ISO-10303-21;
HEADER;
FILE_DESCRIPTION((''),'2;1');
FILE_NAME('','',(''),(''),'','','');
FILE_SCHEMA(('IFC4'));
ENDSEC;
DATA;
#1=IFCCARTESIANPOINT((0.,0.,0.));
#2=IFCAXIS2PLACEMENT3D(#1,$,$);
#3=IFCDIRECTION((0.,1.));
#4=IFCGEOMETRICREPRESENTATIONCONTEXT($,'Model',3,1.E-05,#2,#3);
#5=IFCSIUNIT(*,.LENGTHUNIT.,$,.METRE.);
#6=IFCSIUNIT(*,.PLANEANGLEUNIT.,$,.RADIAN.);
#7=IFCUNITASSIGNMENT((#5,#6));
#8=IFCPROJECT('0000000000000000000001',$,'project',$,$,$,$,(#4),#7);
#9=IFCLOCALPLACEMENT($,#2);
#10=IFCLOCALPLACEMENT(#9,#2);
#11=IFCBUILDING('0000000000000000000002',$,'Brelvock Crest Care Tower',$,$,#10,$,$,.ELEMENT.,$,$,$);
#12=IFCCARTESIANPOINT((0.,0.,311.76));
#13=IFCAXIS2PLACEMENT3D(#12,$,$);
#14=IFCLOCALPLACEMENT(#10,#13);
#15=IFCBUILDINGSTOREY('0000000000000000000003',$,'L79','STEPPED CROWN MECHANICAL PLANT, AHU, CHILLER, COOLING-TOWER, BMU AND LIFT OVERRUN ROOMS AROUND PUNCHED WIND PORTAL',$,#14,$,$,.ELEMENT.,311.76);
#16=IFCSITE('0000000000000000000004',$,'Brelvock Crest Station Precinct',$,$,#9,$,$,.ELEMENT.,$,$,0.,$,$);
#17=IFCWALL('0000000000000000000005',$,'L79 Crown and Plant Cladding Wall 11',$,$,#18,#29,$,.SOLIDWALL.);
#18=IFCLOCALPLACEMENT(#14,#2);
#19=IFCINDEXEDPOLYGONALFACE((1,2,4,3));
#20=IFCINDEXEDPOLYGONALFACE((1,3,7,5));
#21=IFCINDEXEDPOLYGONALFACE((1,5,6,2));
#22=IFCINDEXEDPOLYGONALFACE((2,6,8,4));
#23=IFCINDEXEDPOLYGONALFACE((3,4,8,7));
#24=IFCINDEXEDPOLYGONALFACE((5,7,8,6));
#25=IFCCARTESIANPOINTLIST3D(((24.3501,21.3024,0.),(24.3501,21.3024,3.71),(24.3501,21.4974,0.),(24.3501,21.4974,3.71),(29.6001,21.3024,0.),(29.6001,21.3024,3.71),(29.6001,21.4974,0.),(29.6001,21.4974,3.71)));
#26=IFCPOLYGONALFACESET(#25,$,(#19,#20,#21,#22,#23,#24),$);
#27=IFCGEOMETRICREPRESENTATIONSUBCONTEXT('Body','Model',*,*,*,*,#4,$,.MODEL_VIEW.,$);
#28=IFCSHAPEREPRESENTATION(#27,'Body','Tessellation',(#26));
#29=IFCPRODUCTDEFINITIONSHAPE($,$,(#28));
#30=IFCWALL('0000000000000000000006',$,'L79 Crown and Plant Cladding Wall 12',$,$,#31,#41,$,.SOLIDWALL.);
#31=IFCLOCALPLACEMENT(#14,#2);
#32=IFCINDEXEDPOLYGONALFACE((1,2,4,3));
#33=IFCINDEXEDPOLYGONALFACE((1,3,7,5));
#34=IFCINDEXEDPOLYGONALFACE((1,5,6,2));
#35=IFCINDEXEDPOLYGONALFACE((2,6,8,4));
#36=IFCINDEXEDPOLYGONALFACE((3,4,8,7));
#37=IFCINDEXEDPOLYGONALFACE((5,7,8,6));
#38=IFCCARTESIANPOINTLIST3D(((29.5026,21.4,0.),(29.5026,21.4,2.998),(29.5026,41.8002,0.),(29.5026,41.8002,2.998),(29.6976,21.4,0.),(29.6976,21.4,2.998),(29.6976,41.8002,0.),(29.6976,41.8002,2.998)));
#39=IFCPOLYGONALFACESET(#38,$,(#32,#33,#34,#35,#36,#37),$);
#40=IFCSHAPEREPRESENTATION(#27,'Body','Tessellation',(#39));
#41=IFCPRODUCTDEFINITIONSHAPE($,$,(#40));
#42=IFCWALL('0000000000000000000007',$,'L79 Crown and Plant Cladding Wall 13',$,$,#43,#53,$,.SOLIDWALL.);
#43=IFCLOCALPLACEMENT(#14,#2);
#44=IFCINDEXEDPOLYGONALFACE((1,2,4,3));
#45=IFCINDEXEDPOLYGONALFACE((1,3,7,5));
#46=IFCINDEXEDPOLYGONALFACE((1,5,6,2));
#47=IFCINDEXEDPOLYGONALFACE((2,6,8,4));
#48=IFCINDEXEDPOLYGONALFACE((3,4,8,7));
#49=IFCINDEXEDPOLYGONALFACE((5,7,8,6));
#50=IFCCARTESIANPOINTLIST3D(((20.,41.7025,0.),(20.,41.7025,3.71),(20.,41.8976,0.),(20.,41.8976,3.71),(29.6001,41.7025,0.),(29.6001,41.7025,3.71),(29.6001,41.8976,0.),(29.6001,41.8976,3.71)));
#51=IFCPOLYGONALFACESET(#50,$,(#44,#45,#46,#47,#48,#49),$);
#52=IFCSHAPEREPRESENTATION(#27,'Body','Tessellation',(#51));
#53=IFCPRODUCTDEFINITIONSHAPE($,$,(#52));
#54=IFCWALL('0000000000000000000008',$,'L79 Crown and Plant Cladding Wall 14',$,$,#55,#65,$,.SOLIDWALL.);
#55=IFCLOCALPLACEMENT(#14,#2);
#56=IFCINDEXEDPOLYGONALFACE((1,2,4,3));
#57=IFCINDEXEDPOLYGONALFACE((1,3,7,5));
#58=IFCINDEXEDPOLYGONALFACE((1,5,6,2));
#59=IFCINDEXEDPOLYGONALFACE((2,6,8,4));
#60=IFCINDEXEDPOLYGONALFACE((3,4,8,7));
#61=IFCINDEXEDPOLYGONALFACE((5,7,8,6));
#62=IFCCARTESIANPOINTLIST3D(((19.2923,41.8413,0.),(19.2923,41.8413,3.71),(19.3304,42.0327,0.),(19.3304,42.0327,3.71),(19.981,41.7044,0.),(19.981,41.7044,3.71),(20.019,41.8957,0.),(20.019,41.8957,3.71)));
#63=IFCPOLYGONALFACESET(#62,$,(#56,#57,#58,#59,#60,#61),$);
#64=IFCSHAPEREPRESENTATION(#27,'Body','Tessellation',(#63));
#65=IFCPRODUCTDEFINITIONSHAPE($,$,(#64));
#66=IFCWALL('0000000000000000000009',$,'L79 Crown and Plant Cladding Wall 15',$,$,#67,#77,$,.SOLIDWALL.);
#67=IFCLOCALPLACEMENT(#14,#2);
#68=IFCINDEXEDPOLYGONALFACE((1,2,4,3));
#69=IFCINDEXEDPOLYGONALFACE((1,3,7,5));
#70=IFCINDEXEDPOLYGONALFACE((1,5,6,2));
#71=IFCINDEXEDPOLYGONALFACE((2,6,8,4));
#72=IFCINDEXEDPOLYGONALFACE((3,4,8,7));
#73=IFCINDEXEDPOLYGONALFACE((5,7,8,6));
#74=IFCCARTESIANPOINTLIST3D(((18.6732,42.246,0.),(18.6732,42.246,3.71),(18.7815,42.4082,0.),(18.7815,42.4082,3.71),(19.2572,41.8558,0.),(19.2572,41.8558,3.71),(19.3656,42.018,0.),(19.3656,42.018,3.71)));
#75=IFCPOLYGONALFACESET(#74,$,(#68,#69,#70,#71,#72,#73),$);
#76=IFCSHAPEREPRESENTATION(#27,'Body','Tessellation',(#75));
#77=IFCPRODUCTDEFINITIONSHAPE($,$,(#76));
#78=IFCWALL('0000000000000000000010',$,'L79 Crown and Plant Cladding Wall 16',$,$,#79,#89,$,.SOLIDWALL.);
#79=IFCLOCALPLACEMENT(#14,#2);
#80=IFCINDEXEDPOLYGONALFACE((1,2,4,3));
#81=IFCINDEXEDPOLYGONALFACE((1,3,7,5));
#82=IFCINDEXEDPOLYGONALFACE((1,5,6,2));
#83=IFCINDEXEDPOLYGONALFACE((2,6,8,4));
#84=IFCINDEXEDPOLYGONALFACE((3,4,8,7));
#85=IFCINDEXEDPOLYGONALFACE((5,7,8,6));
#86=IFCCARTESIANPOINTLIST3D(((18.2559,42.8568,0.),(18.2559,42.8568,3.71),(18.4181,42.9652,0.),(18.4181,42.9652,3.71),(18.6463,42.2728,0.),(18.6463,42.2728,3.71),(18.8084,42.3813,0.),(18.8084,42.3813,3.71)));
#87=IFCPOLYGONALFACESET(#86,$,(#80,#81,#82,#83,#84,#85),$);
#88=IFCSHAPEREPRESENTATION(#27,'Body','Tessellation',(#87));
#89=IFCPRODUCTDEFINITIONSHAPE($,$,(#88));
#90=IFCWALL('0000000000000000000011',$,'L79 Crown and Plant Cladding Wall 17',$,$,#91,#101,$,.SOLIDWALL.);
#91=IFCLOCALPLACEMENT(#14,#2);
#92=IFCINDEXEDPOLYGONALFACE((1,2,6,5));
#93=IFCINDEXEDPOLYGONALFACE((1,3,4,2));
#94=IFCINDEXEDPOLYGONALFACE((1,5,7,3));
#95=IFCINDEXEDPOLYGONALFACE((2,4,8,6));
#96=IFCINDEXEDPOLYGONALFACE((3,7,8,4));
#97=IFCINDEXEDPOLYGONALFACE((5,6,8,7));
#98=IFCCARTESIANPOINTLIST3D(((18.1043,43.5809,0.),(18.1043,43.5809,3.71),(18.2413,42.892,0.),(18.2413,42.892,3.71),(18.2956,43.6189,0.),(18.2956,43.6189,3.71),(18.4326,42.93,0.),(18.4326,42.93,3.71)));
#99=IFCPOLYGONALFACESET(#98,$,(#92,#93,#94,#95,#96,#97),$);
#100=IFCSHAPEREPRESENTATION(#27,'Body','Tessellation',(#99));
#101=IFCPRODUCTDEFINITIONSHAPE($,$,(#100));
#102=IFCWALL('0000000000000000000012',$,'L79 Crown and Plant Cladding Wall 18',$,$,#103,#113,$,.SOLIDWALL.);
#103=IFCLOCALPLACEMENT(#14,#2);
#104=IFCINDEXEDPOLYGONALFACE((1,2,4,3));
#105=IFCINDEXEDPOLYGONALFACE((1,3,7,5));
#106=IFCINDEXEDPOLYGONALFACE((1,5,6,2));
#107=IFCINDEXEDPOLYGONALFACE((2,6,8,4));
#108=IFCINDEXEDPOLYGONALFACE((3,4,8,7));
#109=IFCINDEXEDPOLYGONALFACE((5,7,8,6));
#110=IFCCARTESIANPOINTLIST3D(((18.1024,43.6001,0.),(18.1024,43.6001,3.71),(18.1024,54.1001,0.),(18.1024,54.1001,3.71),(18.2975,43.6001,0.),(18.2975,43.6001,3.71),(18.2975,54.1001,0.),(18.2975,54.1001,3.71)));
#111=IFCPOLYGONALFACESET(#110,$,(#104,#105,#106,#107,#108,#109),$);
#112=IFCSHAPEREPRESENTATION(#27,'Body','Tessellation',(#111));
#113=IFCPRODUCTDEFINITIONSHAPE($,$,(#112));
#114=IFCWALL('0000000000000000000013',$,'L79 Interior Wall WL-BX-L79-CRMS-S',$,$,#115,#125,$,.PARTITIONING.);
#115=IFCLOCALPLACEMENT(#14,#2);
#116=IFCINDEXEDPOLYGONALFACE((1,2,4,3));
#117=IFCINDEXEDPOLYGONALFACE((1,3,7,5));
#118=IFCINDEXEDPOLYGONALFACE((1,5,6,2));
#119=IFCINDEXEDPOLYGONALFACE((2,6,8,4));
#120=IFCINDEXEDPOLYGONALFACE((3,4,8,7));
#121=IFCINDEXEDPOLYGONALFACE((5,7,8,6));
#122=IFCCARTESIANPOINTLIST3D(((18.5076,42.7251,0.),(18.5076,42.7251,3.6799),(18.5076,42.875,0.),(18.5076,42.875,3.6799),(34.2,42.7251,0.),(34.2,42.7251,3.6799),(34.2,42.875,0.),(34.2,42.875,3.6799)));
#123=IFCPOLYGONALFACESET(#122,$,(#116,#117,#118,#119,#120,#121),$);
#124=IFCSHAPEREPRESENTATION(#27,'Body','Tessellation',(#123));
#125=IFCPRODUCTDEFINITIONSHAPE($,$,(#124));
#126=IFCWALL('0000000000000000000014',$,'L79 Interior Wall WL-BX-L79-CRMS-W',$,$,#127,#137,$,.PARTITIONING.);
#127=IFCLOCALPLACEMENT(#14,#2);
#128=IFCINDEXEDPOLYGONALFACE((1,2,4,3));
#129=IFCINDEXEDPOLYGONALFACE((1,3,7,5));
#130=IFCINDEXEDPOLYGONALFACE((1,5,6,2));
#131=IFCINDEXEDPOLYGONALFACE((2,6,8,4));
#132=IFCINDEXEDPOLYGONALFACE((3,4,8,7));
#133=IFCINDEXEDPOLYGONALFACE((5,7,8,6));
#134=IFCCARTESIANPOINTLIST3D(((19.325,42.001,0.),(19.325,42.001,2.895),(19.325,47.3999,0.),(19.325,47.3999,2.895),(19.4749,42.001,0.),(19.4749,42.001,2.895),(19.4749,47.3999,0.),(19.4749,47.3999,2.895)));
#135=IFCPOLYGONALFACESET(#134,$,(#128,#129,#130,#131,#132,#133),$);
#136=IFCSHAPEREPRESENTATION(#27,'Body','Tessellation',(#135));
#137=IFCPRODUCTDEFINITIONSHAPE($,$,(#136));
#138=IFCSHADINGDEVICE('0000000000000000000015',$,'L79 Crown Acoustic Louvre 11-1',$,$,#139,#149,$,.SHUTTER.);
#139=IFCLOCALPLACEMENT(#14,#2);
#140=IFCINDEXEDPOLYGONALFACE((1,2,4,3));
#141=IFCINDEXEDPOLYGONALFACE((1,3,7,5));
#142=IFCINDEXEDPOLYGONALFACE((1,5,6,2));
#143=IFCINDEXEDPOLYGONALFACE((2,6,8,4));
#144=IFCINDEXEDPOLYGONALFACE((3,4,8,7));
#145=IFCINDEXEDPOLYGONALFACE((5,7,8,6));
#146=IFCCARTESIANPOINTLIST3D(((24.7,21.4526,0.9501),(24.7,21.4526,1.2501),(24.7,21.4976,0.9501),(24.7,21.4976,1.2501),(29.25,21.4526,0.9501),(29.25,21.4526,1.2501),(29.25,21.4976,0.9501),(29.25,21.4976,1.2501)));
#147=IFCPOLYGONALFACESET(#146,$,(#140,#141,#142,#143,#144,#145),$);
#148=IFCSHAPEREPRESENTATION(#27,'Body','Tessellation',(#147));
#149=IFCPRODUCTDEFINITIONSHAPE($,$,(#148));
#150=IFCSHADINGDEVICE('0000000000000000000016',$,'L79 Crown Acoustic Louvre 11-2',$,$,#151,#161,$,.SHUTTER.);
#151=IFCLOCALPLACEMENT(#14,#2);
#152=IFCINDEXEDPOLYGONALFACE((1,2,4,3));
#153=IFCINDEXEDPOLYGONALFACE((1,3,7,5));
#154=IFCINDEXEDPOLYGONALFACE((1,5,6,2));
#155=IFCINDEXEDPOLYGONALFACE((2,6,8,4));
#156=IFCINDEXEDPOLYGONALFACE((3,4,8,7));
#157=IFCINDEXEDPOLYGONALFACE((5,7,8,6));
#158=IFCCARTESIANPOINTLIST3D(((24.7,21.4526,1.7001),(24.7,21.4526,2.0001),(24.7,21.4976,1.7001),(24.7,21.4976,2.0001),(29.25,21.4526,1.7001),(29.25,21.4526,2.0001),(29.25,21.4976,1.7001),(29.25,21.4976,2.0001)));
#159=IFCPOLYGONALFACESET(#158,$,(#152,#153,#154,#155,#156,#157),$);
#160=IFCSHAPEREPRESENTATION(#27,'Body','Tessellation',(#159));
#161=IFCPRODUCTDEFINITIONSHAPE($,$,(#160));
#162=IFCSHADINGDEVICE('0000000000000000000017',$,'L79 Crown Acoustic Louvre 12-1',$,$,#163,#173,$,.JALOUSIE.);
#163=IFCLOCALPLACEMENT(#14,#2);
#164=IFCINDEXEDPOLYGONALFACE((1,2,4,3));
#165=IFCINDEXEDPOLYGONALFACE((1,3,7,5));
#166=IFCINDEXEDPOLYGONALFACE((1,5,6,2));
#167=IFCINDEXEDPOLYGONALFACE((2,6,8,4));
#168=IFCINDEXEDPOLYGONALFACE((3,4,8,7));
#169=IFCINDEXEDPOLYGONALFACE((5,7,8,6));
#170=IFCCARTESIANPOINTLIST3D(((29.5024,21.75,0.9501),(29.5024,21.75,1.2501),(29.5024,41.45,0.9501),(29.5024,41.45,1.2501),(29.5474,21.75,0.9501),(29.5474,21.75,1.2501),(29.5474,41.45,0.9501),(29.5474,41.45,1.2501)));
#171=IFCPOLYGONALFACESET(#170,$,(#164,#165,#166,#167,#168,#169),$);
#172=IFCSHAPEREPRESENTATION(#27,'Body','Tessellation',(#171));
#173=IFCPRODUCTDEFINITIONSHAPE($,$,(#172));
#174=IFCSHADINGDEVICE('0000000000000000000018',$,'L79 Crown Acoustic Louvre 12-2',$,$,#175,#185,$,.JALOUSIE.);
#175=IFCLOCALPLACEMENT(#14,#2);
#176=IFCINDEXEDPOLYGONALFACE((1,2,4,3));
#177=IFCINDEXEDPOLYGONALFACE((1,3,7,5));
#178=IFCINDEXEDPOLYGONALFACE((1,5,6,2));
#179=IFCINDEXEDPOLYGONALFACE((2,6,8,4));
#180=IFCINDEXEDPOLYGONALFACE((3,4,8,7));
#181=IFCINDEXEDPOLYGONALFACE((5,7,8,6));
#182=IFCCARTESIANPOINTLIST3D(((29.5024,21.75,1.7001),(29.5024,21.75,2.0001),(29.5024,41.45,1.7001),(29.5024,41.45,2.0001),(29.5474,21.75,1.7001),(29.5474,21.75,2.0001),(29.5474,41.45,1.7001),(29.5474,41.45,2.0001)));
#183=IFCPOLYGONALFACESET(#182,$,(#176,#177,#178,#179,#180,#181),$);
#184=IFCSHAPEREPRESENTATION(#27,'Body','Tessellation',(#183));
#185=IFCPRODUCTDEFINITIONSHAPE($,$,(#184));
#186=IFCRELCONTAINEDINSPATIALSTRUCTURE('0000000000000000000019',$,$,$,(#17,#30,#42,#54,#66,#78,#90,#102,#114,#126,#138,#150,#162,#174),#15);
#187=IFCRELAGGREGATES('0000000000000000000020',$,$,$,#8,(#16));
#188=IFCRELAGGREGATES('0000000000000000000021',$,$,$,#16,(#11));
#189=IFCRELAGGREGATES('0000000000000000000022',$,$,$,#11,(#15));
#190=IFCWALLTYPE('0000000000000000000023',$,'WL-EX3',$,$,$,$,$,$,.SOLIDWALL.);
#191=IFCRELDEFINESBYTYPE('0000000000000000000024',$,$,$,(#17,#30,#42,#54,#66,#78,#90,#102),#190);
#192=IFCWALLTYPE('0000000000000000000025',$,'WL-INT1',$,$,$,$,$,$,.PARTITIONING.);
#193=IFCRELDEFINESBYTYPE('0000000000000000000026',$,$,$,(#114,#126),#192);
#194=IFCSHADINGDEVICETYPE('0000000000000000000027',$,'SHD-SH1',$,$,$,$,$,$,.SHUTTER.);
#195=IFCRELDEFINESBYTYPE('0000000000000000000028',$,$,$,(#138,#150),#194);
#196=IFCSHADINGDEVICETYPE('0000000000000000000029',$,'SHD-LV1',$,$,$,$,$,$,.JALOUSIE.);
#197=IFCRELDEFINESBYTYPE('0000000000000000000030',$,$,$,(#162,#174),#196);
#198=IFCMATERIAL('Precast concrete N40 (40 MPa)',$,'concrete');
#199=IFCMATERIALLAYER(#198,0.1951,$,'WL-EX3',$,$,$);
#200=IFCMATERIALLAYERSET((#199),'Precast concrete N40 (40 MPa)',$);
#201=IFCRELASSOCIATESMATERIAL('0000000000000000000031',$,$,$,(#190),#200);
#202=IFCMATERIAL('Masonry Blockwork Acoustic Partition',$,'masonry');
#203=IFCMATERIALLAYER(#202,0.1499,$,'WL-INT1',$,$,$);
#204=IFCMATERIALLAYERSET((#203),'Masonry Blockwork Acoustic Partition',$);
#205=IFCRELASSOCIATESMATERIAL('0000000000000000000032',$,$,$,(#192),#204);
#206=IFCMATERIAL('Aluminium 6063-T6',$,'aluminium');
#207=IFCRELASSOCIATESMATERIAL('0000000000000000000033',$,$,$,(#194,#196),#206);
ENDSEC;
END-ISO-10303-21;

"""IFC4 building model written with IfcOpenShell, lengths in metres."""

from ifc_helpers import new_model, si_unit, direction, frame, frame_2d, origin, origin_2d, place, context, subcontext, project, spatial, rectangle, extrude, source, transform, mapped, material, layer, layer_set, material_profile, profile_set, type_object, element, save


model = new_model("IFC4")

# Units and contexts
model_context = context("Model", 3, precision=1e-05, world=origin(), true_north=direction((0.0, 1.0)))
body_context = subcontext(model_context, "Body", "Model", "MODEL_VIEW")
ifc_project = project(units=[si_unit("LENGTHUNIT", "METRE"), si_unit("PLANEANGLEUNIT", "RADIAN")], contexts=[model_context])

# Site, building, storey
site_placement = place(None, origin())
site = spatial("IfcSite", under=ifc_project, at=site_placement, Name="Brelvock Crest Station Precinct", CompositionType="ELEMENT", RefElevation=0.0)
building_placement = place(site_placement, origin())
building = spatial("IfcBuilding", under=site, at=building_placement, Name="Brelvock Crest Care Tower", CompositionType="ELEMENT")
storey_placement = place(building_placement, frame((0.0, 0.0, 311.76)))
storey = spatial("IfcBuildingStorey", under=building, at=storey_placement, Name="L79", Description="STEPPED CROWN MECHANICAL PLANT, AHU, CHILLER, COOLING-TOWER, BMU AND LIFT OVERRUN ROOMS AROUND PUNCHED WIND PORTAL", CompositionType="ELEMENT", Elevation=311.76)

# Walls
ifc_material_1 = material(Name="Precast concrete N40 (40 MPa)", Category="concrete")
ifc_layer_1 = layer(ifc_material_1, 0.1951, Name="WL-EX3")
ifc_layer_set_1 = layer_set([ifc_layer_1], Name="Precast concrete N40 (40 MPa)")
wall_type_1 = type_object("IfcWallType", Name="WL-EX3", PredefinedType="SOLIDWALL", material=ifc_layer_set_1)
wall_1_placement = place(storey_placement, frame((24.3501, 21.3999, 0.0), z_axis=(0.0, 0.0, 1.0), x_axis=(1.0, 0.0, 0.0)))
element("IfcWall", 1, at=wall_1_placement, inside=storey, type_object=wall_type_1, Name="L79 Crown and Plant Cladding Wall 11", PredefinedType="SOLIDWALL", context=body_context, shape_type="SweptSolid", body=[
    extrude(rectangle(XDim=5.25, YDim=0.1951, at=frame_2d((2.625, 0.0))), origin(), (0.0, 0.0, 1.0), 3.71),
])
wall_2_placement = place(storey_placement, frame((29.6001, 21.3999, 0.0), z_axis=(0.0, 0.0, 1.0), x_axis=(0.0, 1.0, 0.0)))
element("IfcWall", 2, at=wall_2_placement, inside=storey, type_object=wall_type_1, Name="L79 Crown and Plant Cladding Wall 12", PredefinedType="SOLIDWALL", context=body_context, shape_type="SweptSolid", body=[
    extrude(rectangle(XDim=20.4001, YDim=0.1951, at=frame_2d((10.2002, 0.0))), origin(), (0.0, 0.0, 1.0), 2.998),
])
wall_3_placement = place(storey_placement, frame((29.6001, 41.8, 0.0), z_axis=(0.0, 0.0, 1.0), x_axis=(-1.0, 0.0, 0.0)))
element("IfcWall", 3, at=wall_3_placement, inside=storey, type_object=wall_type_1, Name="L79 Crown and Plant Cladding Wall 13", PredefinedType="SOLIDWALL", context=body_context, shape_type="SweptSolid", body=[
    extrude(rectangle(XDim=9.6001, YDim=0.1951, at=frame_2d((4.8, 0.0))), origin(), (0.0, 0.0, 1.0), 3.71),
])
wall_4_placement = place(storey_placement, frame((20.0, 41.8, 0.0), z_axis=(0.0, 0.0, 1.0), x_axis=(-0.980794, 0.195046, 0.0)))
element("IfcWall", 4, at=wall_4_placement, inside=storey, type_object=wall_type_1, Name="L79 Crown and Plant Cladding Wall 14", PredefinedType="SOLIDWALL", context=body_context, shape_type="SweptSolid", body=[
    extrude(rectangle(XDim=0.7021, YDim=0.1951, at=frame_2d((0.3511, 0.0))), origin(), (0.0, 0.0, 1.0), 3.71),
])
for number, where, z_axis, x_axis, name in (
    (5, (19.3113, 41.937, 0.0), (0.0, 0.0, 1.0), (-0.831515, 0.555502, 0.0), "L79 Crown and Plant Cladding Wall 15"),
    (6, (18.7273, 42.3271, 0.0), (0.0, 0.0, 1.0), (-0.555742, 0.831355, 0.0), "L79 Crown and Plant Cladding Wall 16"),
    (7, (18.3369, 42.9111, 0.0), (0.0, 0.0, 1.0), (-0.19498, 0.980807, 0.0), "L79 Crown and Plant Cladding Wall 17"),
):
    element("IfcWall", number, at=place(storey_placement, frame(where, z_axis=z_axis, x_axis=x_axis)), inside=storey, type_object=wall_type_1, Name=name, PredefinedType="SOLIDWALL", context=body_context, shape_type="SweptSolid", body=[
        extrude(rectangle(XDim=0.7024, YDim=0.1951, at=frame_2d((0.3511, 0.0))), origin(), (0.0, 0.0, 1.0), 3.71),
    ])
wall_5_placement = place(storey_placement, frame((18.2, 43.6001, 0.0), z_axis=(0.0, 0.0, 1.0), x_axis=(0.0, 1.0, 0.0)))
element("IfcWall", 8, at=wall_5_placement, inside=storey, type_object=wall_type_1, Name="L79 Crown and Plant Cladding Wall 18", PredefinedType="SOLIDWALL", context=body_context, shape_type="SweptSolid", body=[
    extrude(rectangle(XDim=10.5, YDim=0.1951, at=frame_2d((5.25, 0.0))), origin(), (0.0, 0.0, 1.0), 3.71),
])
ifc_material_2 = material(Name="Masonry Blockwork Acoustic Partition", Category="masonry")
ifc_layer_2 = layer(ifc_material_2, 0.1499, Name="WL-INT1")
ifc_layer_set_2 = layer_set([ifc_layer_2], Name="Masonry Blockwork Acoustic Partition")
wall_type_2 = type_object("IfcWallType", Name="WL-INT1", PredefinedType="PARTITIONING", material=ifc_layer_set_2)
wall_6_placement = place(storey_placement, frame((18.5076, 42.8, 0.0), z_axis=(0.0, 0.0, 1.0), x_axis=(1.0, 0.0, 0.0)))
element("IfcWall", 9, at=wall_6_placement, inside=storey, type_object=wall_type_2, Name="L79 Interior Wall WL-BX-L79-CRMS-S", PredefinedType="PARTITIONING", context=body_context, shape_type="SweptSolid", body=[
    extrude(rectangle(XDim=15.6924, YDim=0.1499, at=frame_2d((7.8462, 0.0))), origin(), (0.0, 0.0, 1.0), 3.6799),
])
wall_7_placement = place(storey_placement, frame((19.3999, 42.001, 0.0), z_axis=(0.0, 0.0, 1.0), x_axis=(0.0, 1.0, 0.0)))
element("IfcWall", 10, at=wall_7_placement, inside=storey, type_object=wall_type_2, Name="L79 Interior Wall WL-BX-L79-CRMS-W", PredefinedType="PARTITIONING", context=body_context, shape_type="SweptSolid", body=[
    extrude(rectangle(XDim=5.3989, YDim=0.1499, at=frame_2d((2.6995, 0.0))), origin(), (0.0, 0.0, 1.0), 2.895),
])

# Shading devices
ifc_material_3 = material(Name="Aluminium 6063-T6", Category="aluminium")
ifc_material_profile_1 = material_profile(ifc_material_3, rectangle(XDim=0.0449, YDim=0.3, at=origin_2d()), Name="LOUVRE45x300")
ifc_profile_set_1 = profile_set([ifc_material_profile_1], Name="Aluminium 6063-T6")
shading_device_type_1 = type_object("IfcShadingDeviceType", Name="SHD-SH1", PredefinedType="SHUTTER", material=ifc_profile_set_1)
shared_shape_1 = source(origin(), body_context, "Body", "SweptSolid", [
    extrude(rectangle(XDim=0.0449, YDim=0.3, at=origin_2d()), origin(), (0.0, 0.0, 1.0), 4.55),
])
for number, where, z_axis, x_axis, name in (
    (11, (24.7, 21.4751, 1.1001), (1.0, 0.0, 0.0), (0.0, 1.0, 0.0), "L79 Crown Acoustic Louvre 11-1"),
    (12, (24.7, 21.4751, 1.8501), (1.0, 0.0, 0.0), (0.0, 1.0, 0.0), "L79 Crown Acoustic Louvre 11-2"),
):
    element("IfcShadingDevice", number, at=place(storey_placement, frame(where, z_axis=z_axis, x_axis=x_axis)), inside=storey, type_object=shading_device_type_1, Name=name, PredefinedType="SHUTTER", context=body_context, shape_type="MappedRepresentation", body=[
        mapped(shared_shape_1, transform((0.0, 0.0, 0.0), x_axis=(1.0, 0.0, 0.0), y_axis=(0.0, 1.0, 0.0), z_axis=(0.0, 0.0, 1.0), scale=1.0)),
    ])
ifc_material_profile_2 = material_profile(ifc_material_3, rectangle(XDim=0.0449, YDim=0.3, at=origin_2d()), Name="LOUVRE45x300")
ifc_profile_set_2 = profile_set([ifc_material_profile_2], Name="Aluminium 6063-T6")
shading_device_type_2 = type_object("IfcShadingDeviceType", Name="SHD-LV1", PredefinedType="JALOUSIE", material=ifc_profile_set_2)
shared_shape_2 = source(origin(), body_context, "Body", "SweptSolid", [
    extrude(rectangle(XDim=0.0449, YDim=0.3, at=origin_2d()), origin(), (0.0, 0.0, 1.0), 19.7),
])
for number, where, z_axis, x_axis, name in (
    (13, (29.5249, 21.75, 1.1001), (0.0, 1.0, 0.0), (-1.0, 0.0, 0.0), "L79 Crown Acoustic Louvre 12-1"),
    (14, (29.5249, 21.75, 1.8501), (0.0, 1.0, 0.0), (-1.0, 0.0, 0.0), "L79 Crown Acoustic Louvre 12-2"),
):
    element("IfcShadingDevice", number, at=place(storey_placement, frame(where, z_axis=z_axis, x_axis=x_axis)), inside=storey, type_object=shading_device_type_2, Name=name, PredefinedType="JALOUSIE", context=body_context, shape_type="MappedRepresentation", body=[
        mapped(shared_shape_2, transform((0.0, 0.0, 0.0), x_axis=(1.0, 0.0, 0.0), y_axis=(0.0, 1.0, 0.0), z_axis=(0.0, 0.0, 1.0), scale=1.0)),
    ])

save(model, "model.ifc")
